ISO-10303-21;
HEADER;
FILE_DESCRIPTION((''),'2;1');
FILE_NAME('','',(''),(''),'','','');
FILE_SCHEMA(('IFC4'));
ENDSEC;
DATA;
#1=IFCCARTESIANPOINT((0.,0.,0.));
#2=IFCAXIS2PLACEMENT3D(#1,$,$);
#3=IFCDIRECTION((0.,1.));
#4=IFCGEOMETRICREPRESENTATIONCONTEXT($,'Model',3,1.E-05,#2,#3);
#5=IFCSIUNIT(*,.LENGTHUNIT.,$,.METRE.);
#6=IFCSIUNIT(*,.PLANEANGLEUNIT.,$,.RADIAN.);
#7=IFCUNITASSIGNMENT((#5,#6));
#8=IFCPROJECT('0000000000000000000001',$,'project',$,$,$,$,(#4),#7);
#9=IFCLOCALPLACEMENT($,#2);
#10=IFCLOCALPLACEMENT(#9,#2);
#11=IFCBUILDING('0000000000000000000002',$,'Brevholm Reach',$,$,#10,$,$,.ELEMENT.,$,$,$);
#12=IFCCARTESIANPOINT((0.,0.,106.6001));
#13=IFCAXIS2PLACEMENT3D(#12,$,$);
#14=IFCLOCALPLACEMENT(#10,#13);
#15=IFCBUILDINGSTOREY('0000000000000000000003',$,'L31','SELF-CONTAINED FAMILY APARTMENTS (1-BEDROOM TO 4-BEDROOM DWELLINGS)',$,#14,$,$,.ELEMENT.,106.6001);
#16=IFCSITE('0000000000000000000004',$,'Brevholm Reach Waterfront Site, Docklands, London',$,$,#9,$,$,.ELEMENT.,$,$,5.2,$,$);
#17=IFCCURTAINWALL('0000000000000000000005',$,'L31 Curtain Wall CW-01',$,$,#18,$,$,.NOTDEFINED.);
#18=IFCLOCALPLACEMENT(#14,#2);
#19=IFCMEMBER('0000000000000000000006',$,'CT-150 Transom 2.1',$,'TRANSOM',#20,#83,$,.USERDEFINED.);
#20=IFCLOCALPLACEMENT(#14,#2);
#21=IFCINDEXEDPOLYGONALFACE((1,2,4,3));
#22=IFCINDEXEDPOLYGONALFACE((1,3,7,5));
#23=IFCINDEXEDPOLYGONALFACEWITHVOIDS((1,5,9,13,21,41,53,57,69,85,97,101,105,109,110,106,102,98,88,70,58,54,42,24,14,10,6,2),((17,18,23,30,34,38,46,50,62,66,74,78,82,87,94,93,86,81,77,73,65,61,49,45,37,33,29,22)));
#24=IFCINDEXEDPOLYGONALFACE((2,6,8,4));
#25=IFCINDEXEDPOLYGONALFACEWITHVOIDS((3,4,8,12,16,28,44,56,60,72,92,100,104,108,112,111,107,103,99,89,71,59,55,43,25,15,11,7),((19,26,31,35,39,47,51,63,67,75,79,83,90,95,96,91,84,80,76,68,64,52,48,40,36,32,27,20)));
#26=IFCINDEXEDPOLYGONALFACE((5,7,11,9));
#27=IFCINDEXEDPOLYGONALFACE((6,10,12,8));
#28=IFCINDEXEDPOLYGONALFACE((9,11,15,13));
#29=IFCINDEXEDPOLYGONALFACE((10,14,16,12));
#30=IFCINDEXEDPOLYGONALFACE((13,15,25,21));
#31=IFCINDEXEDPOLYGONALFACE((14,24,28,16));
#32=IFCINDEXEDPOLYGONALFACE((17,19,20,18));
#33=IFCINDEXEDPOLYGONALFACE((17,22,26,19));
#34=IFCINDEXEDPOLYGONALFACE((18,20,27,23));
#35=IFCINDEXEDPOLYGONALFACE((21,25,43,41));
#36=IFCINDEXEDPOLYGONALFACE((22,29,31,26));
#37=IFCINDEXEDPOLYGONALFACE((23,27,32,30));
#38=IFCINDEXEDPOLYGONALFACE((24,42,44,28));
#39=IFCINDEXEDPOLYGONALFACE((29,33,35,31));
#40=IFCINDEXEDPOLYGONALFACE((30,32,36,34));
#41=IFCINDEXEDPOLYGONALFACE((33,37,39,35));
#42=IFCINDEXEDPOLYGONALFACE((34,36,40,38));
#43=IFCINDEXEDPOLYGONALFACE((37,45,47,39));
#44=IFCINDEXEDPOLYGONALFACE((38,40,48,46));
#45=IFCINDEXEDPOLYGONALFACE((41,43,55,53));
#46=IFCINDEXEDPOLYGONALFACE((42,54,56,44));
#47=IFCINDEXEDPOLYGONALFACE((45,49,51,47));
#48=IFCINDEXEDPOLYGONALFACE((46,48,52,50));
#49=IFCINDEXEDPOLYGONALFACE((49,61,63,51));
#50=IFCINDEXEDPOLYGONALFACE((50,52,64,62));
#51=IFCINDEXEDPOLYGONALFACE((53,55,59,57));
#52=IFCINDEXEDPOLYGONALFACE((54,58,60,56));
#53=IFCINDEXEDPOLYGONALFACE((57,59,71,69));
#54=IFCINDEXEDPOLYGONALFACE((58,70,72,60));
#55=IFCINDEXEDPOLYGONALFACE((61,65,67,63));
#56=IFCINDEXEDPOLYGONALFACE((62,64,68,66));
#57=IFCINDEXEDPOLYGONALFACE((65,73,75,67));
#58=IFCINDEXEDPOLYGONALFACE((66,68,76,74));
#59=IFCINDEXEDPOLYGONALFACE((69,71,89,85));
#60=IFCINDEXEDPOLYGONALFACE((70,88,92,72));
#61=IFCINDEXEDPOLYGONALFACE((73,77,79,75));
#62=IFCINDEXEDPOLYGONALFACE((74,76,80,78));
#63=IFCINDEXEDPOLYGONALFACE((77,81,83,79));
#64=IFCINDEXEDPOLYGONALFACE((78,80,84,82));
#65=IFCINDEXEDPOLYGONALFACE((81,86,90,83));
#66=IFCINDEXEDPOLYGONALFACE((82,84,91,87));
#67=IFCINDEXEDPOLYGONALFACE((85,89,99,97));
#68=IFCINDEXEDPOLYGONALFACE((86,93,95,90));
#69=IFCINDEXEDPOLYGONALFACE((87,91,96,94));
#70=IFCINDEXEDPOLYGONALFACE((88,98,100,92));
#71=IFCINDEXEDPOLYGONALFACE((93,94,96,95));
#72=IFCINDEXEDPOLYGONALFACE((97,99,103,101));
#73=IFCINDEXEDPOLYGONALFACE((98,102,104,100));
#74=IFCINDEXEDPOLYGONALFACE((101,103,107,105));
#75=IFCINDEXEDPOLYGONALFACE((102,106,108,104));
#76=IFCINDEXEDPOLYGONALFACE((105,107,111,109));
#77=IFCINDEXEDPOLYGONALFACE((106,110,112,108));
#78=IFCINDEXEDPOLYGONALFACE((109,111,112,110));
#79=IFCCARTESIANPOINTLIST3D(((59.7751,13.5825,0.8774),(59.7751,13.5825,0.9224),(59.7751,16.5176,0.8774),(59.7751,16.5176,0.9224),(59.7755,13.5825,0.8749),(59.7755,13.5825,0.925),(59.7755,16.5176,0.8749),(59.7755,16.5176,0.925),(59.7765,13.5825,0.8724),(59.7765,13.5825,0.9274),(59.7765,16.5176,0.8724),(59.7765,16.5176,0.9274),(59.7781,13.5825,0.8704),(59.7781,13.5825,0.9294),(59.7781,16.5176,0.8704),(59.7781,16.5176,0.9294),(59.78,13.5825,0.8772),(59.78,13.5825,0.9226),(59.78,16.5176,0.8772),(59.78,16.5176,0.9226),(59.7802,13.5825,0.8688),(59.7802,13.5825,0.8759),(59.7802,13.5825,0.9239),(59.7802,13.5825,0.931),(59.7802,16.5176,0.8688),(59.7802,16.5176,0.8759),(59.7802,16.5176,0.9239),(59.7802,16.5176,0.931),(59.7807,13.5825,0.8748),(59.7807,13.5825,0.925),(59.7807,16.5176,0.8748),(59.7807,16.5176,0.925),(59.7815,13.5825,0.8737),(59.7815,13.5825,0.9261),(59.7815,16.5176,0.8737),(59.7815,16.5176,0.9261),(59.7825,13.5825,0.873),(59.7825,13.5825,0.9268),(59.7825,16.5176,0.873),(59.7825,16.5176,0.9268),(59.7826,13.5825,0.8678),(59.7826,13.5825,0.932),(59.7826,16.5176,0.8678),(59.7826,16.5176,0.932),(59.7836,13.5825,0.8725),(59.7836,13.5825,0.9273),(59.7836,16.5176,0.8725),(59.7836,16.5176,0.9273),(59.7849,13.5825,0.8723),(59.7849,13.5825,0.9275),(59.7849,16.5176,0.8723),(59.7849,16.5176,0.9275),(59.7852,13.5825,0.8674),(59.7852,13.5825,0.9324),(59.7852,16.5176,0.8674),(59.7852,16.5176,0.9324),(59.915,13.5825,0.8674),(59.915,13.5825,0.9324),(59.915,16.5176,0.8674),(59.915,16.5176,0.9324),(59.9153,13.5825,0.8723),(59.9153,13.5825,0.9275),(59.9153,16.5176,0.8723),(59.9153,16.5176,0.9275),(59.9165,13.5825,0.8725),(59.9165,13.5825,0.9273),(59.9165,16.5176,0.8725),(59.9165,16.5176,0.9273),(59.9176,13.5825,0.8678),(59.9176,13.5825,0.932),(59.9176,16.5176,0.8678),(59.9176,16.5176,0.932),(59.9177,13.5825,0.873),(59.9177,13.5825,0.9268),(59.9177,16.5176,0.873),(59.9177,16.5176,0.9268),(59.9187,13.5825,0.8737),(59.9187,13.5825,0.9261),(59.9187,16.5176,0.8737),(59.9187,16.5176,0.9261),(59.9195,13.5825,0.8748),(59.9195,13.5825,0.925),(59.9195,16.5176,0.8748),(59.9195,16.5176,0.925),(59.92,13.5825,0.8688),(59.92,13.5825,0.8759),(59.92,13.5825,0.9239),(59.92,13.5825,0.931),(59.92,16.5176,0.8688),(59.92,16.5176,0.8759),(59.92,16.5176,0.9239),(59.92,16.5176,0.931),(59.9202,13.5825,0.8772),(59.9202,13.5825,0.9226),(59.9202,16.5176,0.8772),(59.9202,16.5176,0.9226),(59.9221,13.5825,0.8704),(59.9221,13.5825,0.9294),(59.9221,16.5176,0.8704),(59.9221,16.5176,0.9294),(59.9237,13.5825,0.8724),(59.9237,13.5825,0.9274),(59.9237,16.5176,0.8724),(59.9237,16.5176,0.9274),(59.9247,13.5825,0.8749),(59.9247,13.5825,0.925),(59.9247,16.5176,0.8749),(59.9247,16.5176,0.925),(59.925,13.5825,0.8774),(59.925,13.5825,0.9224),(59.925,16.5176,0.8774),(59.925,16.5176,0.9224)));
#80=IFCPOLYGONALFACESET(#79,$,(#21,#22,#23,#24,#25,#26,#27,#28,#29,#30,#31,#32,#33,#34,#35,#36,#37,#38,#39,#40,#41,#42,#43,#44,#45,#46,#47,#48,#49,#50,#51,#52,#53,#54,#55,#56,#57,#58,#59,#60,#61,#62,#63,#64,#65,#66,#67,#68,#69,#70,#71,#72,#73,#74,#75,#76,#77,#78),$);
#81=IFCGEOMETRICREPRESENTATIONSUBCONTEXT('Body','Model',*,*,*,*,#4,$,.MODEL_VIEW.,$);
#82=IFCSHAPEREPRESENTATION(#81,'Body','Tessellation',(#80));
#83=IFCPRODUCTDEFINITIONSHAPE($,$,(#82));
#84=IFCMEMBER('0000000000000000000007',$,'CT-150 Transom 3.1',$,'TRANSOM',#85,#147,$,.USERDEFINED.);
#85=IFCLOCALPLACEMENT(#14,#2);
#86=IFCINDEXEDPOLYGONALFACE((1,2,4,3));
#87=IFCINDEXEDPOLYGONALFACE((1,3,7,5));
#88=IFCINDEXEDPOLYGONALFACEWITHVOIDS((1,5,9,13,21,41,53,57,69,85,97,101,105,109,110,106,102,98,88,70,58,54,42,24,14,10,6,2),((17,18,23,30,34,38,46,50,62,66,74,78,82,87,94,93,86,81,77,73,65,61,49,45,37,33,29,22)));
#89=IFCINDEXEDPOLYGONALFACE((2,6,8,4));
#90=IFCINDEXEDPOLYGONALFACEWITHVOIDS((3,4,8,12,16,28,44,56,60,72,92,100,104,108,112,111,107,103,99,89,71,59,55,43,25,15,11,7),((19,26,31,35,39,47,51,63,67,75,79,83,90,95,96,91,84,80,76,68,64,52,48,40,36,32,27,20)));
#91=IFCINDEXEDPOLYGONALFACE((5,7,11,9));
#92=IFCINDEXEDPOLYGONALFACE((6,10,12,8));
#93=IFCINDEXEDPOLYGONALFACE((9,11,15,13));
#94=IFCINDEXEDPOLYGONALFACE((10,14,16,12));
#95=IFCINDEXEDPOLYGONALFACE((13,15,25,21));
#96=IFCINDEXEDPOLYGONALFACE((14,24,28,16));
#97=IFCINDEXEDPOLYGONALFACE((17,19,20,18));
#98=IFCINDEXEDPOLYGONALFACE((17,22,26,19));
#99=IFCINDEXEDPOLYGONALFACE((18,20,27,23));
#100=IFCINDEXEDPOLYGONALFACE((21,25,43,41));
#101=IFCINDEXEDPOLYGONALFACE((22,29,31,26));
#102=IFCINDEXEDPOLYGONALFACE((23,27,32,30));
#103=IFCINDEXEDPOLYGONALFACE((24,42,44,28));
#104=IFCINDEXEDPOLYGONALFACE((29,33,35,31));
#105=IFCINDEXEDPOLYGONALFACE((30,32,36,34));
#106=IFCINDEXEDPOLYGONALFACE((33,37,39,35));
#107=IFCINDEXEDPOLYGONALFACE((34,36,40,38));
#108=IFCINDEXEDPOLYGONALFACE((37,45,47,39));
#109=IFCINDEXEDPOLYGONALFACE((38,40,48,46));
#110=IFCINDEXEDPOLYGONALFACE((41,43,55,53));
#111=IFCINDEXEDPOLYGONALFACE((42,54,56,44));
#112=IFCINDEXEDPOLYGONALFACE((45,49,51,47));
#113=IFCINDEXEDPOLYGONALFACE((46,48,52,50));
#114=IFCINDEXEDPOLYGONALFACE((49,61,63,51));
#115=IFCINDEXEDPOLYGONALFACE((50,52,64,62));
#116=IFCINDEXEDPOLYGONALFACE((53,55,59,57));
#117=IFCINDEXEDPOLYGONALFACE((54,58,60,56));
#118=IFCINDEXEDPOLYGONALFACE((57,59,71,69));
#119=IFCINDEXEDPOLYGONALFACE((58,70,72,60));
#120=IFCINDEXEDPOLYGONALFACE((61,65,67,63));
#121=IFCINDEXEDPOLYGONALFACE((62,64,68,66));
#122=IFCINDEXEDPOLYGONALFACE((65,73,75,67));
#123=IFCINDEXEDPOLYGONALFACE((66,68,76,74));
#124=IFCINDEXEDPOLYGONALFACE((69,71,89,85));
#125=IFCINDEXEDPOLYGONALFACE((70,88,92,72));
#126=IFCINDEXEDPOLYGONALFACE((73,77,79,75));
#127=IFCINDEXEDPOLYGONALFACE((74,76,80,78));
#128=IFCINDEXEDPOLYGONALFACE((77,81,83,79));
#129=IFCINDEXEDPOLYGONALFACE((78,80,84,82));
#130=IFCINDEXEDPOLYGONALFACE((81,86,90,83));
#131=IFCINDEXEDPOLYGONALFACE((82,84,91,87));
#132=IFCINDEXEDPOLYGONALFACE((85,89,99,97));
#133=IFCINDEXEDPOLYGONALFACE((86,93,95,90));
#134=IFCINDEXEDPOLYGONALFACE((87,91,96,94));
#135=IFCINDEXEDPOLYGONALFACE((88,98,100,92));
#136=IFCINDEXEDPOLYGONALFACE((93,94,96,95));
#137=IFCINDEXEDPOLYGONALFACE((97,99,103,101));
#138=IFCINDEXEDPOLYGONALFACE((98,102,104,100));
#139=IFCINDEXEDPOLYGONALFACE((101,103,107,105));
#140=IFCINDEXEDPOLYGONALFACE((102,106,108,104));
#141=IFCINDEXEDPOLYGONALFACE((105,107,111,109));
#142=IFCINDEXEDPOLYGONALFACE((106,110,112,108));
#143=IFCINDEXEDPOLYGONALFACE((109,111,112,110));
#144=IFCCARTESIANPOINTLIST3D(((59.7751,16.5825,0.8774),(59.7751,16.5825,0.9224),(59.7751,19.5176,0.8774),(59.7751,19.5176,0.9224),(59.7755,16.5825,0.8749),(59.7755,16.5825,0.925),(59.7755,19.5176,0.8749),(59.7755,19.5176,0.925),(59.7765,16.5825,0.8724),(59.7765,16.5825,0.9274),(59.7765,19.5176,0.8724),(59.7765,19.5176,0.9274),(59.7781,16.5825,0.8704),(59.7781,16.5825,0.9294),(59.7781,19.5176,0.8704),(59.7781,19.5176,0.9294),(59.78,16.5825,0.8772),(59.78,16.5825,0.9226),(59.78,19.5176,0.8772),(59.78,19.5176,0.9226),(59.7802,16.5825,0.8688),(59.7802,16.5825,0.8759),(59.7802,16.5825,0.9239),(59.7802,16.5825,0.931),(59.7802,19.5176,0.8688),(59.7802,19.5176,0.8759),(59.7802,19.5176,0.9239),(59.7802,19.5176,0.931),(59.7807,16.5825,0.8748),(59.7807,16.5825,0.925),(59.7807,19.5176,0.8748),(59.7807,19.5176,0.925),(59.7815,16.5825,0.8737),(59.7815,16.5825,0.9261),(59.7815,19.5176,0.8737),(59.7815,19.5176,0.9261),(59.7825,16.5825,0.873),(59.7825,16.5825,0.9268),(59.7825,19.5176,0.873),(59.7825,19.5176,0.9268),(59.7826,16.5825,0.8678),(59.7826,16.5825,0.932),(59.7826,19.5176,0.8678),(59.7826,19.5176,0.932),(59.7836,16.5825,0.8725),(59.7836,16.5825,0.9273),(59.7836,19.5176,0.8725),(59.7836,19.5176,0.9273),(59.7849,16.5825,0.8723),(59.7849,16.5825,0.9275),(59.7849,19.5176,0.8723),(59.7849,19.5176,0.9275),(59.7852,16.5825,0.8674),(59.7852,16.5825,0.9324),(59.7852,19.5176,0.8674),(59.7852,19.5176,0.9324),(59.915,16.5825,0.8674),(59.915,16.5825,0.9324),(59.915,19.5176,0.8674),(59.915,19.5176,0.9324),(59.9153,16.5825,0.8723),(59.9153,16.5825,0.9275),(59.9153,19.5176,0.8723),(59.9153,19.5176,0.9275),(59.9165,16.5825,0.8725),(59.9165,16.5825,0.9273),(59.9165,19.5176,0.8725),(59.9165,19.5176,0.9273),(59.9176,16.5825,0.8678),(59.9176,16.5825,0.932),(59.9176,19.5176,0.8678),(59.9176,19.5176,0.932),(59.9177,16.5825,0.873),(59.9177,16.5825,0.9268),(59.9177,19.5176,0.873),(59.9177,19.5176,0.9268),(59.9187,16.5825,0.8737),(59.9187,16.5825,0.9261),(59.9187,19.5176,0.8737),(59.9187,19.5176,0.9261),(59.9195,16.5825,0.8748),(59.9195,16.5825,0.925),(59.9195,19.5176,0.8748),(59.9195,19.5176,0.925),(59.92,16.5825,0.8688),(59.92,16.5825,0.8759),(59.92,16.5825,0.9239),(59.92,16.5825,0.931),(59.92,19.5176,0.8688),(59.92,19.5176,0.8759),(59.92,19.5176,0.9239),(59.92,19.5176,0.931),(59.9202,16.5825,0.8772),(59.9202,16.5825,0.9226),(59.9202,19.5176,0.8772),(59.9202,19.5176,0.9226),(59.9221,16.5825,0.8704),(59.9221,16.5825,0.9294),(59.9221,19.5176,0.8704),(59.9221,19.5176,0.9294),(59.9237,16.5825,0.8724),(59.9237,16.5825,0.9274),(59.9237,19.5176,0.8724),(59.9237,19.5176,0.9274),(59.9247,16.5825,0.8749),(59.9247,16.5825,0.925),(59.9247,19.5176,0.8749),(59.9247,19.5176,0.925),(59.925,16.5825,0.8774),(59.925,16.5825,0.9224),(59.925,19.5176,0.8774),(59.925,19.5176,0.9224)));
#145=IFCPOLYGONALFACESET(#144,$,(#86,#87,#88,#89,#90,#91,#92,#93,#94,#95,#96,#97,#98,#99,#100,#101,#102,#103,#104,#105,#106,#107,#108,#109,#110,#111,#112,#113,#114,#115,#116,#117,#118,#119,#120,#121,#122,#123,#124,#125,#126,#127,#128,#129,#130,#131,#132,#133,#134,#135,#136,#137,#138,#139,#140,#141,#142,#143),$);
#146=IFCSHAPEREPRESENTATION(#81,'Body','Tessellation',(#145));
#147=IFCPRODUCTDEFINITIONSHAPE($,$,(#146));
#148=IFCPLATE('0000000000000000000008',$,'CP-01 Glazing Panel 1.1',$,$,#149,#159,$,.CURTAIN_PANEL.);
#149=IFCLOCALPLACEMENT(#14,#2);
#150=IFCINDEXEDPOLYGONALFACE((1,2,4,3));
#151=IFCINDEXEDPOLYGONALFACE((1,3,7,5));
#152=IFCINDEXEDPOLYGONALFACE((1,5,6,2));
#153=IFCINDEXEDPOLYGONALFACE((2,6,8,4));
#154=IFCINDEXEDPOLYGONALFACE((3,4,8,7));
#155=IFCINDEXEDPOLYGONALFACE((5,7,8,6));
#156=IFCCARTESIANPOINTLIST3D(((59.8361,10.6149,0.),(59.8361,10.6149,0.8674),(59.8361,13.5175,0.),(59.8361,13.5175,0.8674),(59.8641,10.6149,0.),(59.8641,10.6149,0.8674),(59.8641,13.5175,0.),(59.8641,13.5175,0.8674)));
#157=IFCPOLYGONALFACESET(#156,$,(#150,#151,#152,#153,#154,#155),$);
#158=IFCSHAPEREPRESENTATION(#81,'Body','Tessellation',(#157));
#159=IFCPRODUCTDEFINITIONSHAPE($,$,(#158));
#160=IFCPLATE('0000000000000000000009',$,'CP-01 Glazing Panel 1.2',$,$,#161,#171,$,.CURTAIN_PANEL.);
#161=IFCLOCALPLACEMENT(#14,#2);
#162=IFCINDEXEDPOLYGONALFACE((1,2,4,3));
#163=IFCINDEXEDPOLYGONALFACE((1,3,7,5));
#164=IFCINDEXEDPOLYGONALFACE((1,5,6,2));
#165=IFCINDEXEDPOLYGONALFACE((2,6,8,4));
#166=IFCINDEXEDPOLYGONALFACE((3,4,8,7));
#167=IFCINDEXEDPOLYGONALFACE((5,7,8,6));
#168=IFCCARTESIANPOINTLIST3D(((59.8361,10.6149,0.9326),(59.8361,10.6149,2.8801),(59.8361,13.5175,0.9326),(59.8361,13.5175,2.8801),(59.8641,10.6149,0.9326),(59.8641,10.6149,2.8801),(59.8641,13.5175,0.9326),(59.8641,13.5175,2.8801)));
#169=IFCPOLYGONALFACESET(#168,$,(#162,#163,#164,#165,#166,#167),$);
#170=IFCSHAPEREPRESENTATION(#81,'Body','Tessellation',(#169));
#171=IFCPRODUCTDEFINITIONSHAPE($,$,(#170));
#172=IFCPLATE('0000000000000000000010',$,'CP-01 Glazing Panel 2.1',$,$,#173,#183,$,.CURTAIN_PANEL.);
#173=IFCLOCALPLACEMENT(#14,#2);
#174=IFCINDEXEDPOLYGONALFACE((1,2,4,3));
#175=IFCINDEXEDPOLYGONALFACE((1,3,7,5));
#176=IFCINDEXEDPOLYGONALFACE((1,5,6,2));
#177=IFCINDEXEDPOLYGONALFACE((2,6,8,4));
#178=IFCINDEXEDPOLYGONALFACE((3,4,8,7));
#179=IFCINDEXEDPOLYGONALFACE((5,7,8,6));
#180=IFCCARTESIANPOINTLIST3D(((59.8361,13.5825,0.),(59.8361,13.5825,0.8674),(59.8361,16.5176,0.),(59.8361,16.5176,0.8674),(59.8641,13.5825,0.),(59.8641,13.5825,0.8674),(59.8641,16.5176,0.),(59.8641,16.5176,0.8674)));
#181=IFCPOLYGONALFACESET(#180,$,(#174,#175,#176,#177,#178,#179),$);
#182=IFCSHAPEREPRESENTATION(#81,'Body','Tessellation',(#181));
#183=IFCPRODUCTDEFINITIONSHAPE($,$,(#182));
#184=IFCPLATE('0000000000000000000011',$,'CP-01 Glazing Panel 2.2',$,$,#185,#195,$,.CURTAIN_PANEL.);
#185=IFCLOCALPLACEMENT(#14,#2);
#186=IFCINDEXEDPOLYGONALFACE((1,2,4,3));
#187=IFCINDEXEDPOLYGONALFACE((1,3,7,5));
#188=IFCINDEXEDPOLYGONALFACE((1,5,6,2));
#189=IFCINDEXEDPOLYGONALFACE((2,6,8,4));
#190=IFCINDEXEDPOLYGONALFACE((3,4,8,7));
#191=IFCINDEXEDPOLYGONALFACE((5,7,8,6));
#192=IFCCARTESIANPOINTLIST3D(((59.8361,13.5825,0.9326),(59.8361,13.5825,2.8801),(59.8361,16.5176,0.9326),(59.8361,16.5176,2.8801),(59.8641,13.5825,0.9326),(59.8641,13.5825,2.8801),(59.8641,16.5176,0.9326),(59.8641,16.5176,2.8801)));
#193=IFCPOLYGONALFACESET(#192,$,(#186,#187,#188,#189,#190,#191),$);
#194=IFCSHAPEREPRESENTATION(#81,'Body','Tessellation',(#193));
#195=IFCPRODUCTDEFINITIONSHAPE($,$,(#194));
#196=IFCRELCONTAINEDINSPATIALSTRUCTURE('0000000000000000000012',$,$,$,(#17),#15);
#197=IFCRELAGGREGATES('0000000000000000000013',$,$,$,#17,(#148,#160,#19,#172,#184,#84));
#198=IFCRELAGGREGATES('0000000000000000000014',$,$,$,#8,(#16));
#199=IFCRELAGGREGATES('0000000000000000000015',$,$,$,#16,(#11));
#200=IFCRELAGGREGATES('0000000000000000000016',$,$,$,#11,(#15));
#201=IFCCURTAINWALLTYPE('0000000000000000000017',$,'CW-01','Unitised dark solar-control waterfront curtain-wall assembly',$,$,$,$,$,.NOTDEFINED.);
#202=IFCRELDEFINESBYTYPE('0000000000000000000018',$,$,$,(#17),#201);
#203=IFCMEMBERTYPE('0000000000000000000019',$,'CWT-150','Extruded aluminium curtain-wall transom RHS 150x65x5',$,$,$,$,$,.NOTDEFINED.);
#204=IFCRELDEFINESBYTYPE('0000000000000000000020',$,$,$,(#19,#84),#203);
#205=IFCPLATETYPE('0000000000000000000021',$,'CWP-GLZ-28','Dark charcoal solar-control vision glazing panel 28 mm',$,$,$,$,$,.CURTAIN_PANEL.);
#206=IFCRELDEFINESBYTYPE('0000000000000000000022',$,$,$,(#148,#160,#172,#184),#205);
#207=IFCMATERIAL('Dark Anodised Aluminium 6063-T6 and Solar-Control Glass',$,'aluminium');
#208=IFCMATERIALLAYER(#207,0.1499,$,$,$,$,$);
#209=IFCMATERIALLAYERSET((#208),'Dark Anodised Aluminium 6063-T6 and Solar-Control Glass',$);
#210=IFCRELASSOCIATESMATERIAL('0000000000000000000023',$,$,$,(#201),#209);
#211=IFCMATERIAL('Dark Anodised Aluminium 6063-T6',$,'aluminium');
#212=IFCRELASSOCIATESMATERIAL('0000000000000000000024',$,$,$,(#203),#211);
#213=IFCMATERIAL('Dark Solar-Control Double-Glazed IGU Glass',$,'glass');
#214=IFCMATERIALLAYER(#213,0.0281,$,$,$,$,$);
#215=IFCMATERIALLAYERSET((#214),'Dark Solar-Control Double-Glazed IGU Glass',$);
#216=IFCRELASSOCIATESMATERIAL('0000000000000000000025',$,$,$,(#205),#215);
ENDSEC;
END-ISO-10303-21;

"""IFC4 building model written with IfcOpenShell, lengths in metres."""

from ifc_helpers import new_model, si_unit, direction, frame, origin, origin_2d, place, context, subcontext, project, spatial, rectangle, hollow_rectangle, extrude, material, layer, layer_set, material_profile, profile_set, type_object, element, aggregate, save


model = new_model("IFC4")

# Units and contexts
model_context = context("Model", 3, precision=1e-05, world=origin(), true_north=direction((0.0, 1.0)))
body_context = subcontext(model_context, "Body", "Model", "MODEL_VIEW")
ifc_project = project(units=[si_unit("LENGTHUNIT", "METRE"), si_unit("PLANEANGLEUNIT", "RADIAN")], contexts=[model_context])

# Site, building, storey
site_placement = place(None, origin())
site = spatial("IfcSite", under=ifc_project, at=site_placement, Name="Brevholm Reach Waterfront Site, Docklands, London", CompositionType="ELEMENT", RefElevation=5.2)
building_placement = place(site_placement, origin())
building = spatial("IfcBuilding", under=site, at=building_placement, Name="Brevholm Reach", CompositionType="ELEMENT")
storey_placement = place(building_placement, frame((0.0, 0.0, 106.6001)))
storey = spatial("IfcBuildingStorey", under=building, at=storey_placement, Name="L31", Description="SELF-CONTAINED FAMILY APARTMENTS (1-BEDROOM TO 4-BEDROOM DWELLINGS)", CompositionType="ELEMENT", Elevation=106.6001)

# Curtain wall, members, plates
ifc_material_1 = material(Name="Dark Anodised Aluminium 6063-T6 and Solar-Control Glass", Category="aluminium")
ifc_layer_1 = layer(ifc_material_1, 0.1499)
ifc_layer_set_1 = layer_set([ifc_layer_1], Name="Dark Anodised Aluminium 6063-T6 and Solar-Control Glass")
curtain_wall_type = type_object("IfcCurtainWallType", Name="CW-01", Description="Unitised dark solar-control waterfront curtain-wall assembly", PredefinedType="NOTDEFINED", material=ifc_layer_set_1)
curtain_wall_placement = place(storey_placement, origin())
curtain_wall = element("IfcCurtainWall", 1, at=curtain_wall_placement, inside=storey, type_object=curtain_wall_type, Name="L31 Curtain Wall CW-01", PredefinedType="NOTDEFINED")
ifc_material_2 = material(Name="Dark Anodised Aluminium 6063-T6", Category="aluminium")
ifc_material_profile_1 = material_profile(ifc_material_2, hollow_rectangle(XDim=0.0649, YDim=0.1499, WallThickness=0.0049, InnerFilletRadius=0.0049, OuterFilletRadius=0.01, at=origin_2d()), Name="RHS 150x65x5")
ifc_profile_set_1 = profile_set([ifc_material_profile_1], Name="Dark Anodised Aluminium 6063-T6")
member_type_1 = type_object("IfcMemberType", Name="CWT-150", Description="Extruded aluminium curtain-wall transom RHS 150x65x5", PredefinedType="NOTDEFINED", material=ifc_profile_set_1)
member_1_placement = place(storey_placement, frame((59.8501, 13.5825, 0.8999), z_axis=(0.0, 1.0, 0.0), x_axis=(0.0, 0.0, 1.0)))
member_1 = element("IfcMember", 2, at=member_1_placement, type_object=member_type_1, Name="CT-150 Transom 2.1", ObjectType="TRANSOM", PredefinedType="USERDEFINED", context=body_context, shape_type="SweptSolid", body=[
    extrude(hollow_rectangle(XDim=0.0649, YDim=0.1499, WallThickness=0.0049, InnerFilletRadius=0.0049, OuterFilletRadius=0.01, at=origin_2d()), origin(), (0.0, 0.0, 1.0), 2.9351),
])
member_2_placement = place(storey_placement, frame((59.8501, 16.5825, 0.8999), z_axis=(0.0, 1.0, 0.0), x_axis=(0.0, 0.0, 1.0)))
member_2 = element("IfcMember", 3, at=member_2_placement, type_object=member_type_1, Name="CT-150 Transom 3.1", ObjectType="TRANSOM", PredefinedType="USERDEFINED", context=body_context, shape_type="SweptSolid", body=[
    extrude(hollow_rectangle(XDim=0.0649, YDim=0.1499, WallThickness=0.0049, InnerFilletRadius=0.0049, OuterFilletRadius=0.01, at=origin_2d()), origin(), (0.0, 0.0, 1.0), 2.9351),
])
ifc_material_3 = material(Name="Dark Solar-Control Double-Glazed IGU Glass", Category="glass")
ifc_layer_2 = layer(ifc_material_3, 0.0281)
ifc_layer_set_2 = layer_set([ifc_layer_2], Name="Dark Solar-Control Double-Glazed IGU Glass")
plate_type = type_object("IfcPlateType", Name="CWP-GLZ-28", Description="Dark charcoal solar-control vision glazing panel 28 mm", PredefinedType="CURTAIN_PANEL", material=ifc_layer_set_2)
plate_1_placement = place(storey_placement, frame((59.8501, 12.0662, 0.0), z_axis=(0.0, 0.0, 1.0), x_axis=(0.0, 1.0, 0.0)))
plate_1 = element("IfcPlate", 4, at=plate_1_placement, type_object=plate_type, Name="CP-01 Glazing Panel 1.1", PredefinedType="CURTAIN_PANEL", context=body_context, shape_type="SweptSolid", body=[
    extrude(rectangle(XDim=2.9026, YDim=0.0281, at=origin_2d()), origin(), (0.0, 0.0, 1.0), 0.8674),
])
plate_2_placement = place(storey_placement, frame((59.8501, 12.0662, 0.9326), z_axis=(0.0, 0.0, 1.0), x_axis=(0.0, 1.0, 0.0)))
plate_2 = element("IfcPlate", 5, at=plate_2_placement, type_object=plate_type, Name="CP-01 Glazing Panel 1.2", PredefinedType="CURTAIN_PANEL", context=body_context, shape_type="SweptSolid", body=[
    extrude(rectangle(XDim=2.9026, YDim=0.0281, at=origin_2d()), origin(), (0.0, 0.0, 1.0), 1.9475),
])
plate_3_placement = place(storey_placement, frame((59.8501, 15.05, 0.0), z_axis=(0.0, 0.0, 1.0), x_axis=(0.0, 1.0, 0.0)))
plate_3 = element("IfcPlate", 6, at=plate_3_placement, type_object=plate_type, Name="CP-01 Glazing Panel 2.1", PredefinedType="CURTAIN_PANEL", context=body_context, shape_type="SweptSolid", body=[
    extrude(rectangle(XDim=2.9351, YDim=0.0281, at=origin_2d()), origin(), (0.0, 0.0, 1.0), 0.8674),
])
plate_4_placement = place(storey_placement, frame((59.8501, 15.05, 0.9326), z_axis=(0.0, 0.0, 1.0), x_axis=(0.0, 1.0, 0.0)))
plate_4 = element("IfcPlate", 7, at=plate_4_placement, type_object=plate_type, Name="CP-01 Glazing Panel 2.2", PredefinedType="CURTAIN_PANEL", context=body_context, shape_type="SweptSolid", body=[
    extrude(rectangle(XDim=2.9351, YDim=0.0281, at=origin_2d()), origin(), (0.0, 0.0, 1.0), 1.9475),
])
aggregate(curtain_wall, [plate_1, plate_2, member_1, plate_3, plate_4, member_2])

save(model, "model.ifc")
